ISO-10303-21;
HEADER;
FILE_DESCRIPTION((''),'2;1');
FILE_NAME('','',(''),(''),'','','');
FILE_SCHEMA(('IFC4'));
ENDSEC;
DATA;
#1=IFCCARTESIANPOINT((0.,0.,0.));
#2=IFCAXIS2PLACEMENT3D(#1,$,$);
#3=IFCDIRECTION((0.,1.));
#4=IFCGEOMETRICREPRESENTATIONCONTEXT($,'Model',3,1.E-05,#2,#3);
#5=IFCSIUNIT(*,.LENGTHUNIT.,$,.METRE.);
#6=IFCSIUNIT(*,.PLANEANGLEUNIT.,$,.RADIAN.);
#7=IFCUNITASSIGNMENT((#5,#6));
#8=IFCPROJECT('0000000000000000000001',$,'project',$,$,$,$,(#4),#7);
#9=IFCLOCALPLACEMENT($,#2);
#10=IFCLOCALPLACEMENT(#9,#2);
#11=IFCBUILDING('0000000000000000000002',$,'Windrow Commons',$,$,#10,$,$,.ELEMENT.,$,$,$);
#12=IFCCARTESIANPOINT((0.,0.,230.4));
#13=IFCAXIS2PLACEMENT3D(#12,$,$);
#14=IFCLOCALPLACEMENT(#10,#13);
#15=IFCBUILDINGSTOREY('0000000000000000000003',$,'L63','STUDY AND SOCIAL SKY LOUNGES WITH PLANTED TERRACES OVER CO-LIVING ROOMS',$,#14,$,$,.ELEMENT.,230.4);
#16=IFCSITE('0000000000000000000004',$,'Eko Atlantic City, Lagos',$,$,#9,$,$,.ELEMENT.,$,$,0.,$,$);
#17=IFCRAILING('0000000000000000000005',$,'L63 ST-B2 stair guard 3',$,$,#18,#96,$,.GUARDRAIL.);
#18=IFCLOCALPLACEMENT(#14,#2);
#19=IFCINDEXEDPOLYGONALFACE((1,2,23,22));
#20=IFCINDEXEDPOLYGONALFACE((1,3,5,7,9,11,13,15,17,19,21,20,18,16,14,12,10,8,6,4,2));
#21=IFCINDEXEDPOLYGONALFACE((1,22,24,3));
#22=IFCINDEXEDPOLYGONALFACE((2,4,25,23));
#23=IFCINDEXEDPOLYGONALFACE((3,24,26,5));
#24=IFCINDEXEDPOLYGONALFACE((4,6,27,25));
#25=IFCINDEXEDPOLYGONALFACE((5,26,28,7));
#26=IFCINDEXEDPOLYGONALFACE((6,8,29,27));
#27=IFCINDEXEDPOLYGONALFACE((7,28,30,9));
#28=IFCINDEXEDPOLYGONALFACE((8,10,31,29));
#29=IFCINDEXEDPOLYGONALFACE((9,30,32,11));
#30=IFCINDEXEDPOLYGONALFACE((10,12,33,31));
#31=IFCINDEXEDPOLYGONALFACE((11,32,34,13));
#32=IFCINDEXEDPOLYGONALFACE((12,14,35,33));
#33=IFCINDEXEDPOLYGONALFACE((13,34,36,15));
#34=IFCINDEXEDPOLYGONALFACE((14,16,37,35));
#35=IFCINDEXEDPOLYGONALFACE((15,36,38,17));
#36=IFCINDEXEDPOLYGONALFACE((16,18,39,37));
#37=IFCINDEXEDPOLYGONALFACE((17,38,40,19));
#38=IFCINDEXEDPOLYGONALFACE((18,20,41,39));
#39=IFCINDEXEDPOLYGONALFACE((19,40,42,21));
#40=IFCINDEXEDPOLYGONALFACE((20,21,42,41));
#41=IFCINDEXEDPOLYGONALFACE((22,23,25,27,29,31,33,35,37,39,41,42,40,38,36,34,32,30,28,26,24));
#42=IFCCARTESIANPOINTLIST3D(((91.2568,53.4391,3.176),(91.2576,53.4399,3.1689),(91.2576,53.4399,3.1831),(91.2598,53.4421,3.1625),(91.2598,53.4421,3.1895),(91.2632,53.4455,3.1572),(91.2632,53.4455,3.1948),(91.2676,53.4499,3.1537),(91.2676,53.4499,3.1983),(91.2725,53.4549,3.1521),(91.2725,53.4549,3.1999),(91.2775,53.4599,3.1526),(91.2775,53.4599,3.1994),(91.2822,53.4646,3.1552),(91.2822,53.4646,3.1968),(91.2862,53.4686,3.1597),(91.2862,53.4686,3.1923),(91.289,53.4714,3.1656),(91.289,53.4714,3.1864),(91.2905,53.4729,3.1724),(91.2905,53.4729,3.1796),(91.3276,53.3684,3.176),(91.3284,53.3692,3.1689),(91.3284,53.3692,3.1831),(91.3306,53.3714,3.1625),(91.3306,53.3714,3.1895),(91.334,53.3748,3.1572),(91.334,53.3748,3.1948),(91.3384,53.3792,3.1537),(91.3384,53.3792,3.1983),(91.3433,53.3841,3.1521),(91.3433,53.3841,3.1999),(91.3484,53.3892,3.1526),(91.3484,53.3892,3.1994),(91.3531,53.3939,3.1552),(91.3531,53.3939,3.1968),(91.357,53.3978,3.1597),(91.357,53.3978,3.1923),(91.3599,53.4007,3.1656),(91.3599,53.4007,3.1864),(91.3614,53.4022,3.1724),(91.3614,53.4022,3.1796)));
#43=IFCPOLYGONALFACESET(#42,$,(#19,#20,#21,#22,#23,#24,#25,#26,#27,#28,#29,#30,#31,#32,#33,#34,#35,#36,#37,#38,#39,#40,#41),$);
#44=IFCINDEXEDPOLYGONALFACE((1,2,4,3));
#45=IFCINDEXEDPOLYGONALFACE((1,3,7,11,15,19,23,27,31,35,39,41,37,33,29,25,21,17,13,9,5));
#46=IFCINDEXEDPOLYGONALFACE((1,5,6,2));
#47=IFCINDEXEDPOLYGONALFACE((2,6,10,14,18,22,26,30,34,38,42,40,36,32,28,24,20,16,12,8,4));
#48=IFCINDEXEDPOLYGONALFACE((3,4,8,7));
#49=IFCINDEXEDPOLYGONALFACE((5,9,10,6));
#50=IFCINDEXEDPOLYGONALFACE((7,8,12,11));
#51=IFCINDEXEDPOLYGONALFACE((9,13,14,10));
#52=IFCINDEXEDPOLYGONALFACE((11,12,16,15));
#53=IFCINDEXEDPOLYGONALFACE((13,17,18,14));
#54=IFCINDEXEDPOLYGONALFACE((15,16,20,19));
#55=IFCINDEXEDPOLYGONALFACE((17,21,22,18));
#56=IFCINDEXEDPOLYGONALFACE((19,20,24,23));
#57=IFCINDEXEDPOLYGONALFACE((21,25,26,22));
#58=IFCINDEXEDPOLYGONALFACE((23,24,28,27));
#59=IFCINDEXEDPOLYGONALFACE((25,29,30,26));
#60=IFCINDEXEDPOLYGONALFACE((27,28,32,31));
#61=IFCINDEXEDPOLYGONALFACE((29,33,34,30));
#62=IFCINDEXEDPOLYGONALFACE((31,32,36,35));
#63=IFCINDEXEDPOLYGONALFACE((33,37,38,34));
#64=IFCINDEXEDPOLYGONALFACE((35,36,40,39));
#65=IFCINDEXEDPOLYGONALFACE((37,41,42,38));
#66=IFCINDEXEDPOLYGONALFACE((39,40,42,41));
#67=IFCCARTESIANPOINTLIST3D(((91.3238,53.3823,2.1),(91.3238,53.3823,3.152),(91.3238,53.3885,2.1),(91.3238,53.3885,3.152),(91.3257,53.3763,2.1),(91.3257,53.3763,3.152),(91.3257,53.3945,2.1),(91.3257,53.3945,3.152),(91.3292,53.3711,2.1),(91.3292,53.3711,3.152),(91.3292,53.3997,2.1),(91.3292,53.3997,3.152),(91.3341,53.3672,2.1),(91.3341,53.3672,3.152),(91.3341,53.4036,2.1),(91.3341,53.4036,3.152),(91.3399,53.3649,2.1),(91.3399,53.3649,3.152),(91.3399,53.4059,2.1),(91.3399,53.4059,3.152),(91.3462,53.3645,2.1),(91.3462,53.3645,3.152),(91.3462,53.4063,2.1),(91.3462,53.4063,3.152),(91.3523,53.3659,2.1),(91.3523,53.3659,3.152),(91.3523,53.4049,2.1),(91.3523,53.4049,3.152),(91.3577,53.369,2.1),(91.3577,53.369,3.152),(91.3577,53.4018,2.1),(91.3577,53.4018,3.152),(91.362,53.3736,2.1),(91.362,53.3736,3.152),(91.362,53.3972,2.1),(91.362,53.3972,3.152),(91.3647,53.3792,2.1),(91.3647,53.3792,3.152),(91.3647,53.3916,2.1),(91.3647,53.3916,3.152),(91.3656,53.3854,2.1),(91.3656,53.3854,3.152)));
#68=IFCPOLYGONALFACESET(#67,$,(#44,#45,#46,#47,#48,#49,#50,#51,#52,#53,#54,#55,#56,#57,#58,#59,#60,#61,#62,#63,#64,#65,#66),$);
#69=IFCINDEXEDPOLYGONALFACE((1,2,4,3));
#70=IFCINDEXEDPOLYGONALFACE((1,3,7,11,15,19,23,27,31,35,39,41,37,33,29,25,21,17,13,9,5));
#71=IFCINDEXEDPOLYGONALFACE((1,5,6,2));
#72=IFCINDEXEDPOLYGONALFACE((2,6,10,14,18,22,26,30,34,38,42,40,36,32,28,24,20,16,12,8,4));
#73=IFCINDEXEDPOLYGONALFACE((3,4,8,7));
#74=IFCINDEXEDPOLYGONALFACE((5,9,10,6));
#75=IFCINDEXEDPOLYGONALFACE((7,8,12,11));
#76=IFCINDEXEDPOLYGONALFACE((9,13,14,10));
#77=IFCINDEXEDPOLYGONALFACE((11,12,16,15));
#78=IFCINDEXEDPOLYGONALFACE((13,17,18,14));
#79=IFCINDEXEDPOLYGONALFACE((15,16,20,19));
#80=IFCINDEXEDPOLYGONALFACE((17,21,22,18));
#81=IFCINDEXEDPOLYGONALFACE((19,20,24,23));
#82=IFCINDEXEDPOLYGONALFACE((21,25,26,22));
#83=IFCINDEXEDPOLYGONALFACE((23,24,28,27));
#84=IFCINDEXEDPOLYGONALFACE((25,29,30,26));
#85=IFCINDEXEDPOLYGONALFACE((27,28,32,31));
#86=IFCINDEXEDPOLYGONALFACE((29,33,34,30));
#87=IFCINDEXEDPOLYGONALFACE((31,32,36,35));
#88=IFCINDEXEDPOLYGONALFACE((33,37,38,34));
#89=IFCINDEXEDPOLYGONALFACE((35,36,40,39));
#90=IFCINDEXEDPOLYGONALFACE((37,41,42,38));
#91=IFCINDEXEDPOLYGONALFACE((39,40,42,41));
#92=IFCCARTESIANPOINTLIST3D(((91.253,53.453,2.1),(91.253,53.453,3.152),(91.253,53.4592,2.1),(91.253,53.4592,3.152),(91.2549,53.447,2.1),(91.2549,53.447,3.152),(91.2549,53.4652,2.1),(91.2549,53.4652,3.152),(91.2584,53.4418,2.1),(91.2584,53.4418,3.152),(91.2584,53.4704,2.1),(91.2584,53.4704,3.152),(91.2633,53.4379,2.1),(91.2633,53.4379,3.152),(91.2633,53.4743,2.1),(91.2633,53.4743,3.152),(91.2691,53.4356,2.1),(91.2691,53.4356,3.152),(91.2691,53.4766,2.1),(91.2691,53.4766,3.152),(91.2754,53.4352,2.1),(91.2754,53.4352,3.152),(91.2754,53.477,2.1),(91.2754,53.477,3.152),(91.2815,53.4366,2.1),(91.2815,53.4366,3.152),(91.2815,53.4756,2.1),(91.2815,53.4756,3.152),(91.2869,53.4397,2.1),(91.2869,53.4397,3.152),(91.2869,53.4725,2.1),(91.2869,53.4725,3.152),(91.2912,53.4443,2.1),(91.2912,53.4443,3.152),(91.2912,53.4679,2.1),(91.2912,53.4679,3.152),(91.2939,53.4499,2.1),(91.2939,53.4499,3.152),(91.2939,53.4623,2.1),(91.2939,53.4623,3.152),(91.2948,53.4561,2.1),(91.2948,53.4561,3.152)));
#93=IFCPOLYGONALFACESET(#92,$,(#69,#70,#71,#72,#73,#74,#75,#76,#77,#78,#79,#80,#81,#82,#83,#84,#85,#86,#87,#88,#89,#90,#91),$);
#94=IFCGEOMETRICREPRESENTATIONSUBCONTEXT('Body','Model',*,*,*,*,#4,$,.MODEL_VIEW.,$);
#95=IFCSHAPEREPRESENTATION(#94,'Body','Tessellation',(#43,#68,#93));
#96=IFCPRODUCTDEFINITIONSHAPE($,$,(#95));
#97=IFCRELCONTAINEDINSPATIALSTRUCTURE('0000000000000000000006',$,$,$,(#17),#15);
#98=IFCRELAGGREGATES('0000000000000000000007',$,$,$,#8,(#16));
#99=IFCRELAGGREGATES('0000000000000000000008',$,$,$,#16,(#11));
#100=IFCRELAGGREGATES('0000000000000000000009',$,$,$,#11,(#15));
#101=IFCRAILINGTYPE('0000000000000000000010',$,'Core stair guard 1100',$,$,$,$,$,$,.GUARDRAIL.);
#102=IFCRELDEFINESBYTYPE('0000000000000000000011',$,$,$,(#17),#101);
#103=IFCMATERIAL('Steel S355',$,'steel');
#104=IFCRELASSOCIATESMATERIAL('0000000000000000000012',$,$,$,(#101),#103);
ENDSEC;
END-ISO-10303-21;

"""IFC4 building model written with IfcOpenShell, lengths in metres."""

from ifc_helpers import new_model, si_unit, direction, frame, origin, origin_2d, place, context, subcontext, project, spatial, circle, extrude, material, type_object, element, save


model = new_model("IFC4")

# Units and contexts
model_context = context("Model", 3, precision=1e-05, world=origin(), true_north=direction((0.0, 1.0)))
body_context = subcontext(model_context, "Body", "Model", "MODEL_VIEW")
ifc_project = project(units=[si_unit("LENGTHUNIT", "METRE"), si_unit("PLANEANGLEUNIT", "RADIAN")], contexts=[model_context])

# Site, building, storey
site_placement = place(None, origin())
site = spatial("IfcSite", under=ifc_project, at=site_placement, Name="Eko Atlantic City, Lagos", CompositionType="ELEMENT", RefElevation=0.0)
building_placement = place(site_placement, origin())
building = spatial("IfcBuilding", under=site, at=building_placement, Name="Windrow Commons", CompositionType="ELEMENT")
storey_placement = place(building_placement, frame((0.0, 0.0, 230.4)))
storey = spatial("IfcBuildingStorey", under=building, at=storey_placement, Name="L63", Description="STUDY AND SOCIAL SKY LOUNGES WITH PLANTED TERRACES OVER CO-LIVING ROOMS", CompositionType="ELEMENT", Elevation=230.4)

# Railing
ifc_material_1 = material(Name="Steel S355", Category="steel")
railing_type_1 = type_object("IfcRailingType", Name="Core stair guard 1100", PredefinedType="GUARDRAIL", material=ifc_material_1)
railing_1_placement = place(storey_placement, frame((91.3446, 53.3854, 2.1)))
element("IfcRailing", 1, at=railing_1_placement, inside=storey, type_object=railing_type_1, Name="L63 ST-B2 stair guard 3", PredefinedType="GUARDRAIL", context=body_context, shape_type="SweptSolid", body=[
    extrude(circle(Radius=0.024, at=origin_2d()), frame((0.0, 0.0, 1.076), z_axis=(-0.707606, 0.706607, 0.0), x_axis=(-0.706607, -0.707606, 0.0)), (0.0, 0.0, 1.0), 0.1001),
    extrude(circle(Radius=0.021, at=origin_2d()), origin(), (0.0, 0.0, 1.0), 1.052),
    extrude(circle(Radius=0.021, at=origin_2d()), frame((-0.0708, 0.0707, 0.0)), (0.0, 0.0, 1.0), 1.052),
])

save(model, "model.ifc")
